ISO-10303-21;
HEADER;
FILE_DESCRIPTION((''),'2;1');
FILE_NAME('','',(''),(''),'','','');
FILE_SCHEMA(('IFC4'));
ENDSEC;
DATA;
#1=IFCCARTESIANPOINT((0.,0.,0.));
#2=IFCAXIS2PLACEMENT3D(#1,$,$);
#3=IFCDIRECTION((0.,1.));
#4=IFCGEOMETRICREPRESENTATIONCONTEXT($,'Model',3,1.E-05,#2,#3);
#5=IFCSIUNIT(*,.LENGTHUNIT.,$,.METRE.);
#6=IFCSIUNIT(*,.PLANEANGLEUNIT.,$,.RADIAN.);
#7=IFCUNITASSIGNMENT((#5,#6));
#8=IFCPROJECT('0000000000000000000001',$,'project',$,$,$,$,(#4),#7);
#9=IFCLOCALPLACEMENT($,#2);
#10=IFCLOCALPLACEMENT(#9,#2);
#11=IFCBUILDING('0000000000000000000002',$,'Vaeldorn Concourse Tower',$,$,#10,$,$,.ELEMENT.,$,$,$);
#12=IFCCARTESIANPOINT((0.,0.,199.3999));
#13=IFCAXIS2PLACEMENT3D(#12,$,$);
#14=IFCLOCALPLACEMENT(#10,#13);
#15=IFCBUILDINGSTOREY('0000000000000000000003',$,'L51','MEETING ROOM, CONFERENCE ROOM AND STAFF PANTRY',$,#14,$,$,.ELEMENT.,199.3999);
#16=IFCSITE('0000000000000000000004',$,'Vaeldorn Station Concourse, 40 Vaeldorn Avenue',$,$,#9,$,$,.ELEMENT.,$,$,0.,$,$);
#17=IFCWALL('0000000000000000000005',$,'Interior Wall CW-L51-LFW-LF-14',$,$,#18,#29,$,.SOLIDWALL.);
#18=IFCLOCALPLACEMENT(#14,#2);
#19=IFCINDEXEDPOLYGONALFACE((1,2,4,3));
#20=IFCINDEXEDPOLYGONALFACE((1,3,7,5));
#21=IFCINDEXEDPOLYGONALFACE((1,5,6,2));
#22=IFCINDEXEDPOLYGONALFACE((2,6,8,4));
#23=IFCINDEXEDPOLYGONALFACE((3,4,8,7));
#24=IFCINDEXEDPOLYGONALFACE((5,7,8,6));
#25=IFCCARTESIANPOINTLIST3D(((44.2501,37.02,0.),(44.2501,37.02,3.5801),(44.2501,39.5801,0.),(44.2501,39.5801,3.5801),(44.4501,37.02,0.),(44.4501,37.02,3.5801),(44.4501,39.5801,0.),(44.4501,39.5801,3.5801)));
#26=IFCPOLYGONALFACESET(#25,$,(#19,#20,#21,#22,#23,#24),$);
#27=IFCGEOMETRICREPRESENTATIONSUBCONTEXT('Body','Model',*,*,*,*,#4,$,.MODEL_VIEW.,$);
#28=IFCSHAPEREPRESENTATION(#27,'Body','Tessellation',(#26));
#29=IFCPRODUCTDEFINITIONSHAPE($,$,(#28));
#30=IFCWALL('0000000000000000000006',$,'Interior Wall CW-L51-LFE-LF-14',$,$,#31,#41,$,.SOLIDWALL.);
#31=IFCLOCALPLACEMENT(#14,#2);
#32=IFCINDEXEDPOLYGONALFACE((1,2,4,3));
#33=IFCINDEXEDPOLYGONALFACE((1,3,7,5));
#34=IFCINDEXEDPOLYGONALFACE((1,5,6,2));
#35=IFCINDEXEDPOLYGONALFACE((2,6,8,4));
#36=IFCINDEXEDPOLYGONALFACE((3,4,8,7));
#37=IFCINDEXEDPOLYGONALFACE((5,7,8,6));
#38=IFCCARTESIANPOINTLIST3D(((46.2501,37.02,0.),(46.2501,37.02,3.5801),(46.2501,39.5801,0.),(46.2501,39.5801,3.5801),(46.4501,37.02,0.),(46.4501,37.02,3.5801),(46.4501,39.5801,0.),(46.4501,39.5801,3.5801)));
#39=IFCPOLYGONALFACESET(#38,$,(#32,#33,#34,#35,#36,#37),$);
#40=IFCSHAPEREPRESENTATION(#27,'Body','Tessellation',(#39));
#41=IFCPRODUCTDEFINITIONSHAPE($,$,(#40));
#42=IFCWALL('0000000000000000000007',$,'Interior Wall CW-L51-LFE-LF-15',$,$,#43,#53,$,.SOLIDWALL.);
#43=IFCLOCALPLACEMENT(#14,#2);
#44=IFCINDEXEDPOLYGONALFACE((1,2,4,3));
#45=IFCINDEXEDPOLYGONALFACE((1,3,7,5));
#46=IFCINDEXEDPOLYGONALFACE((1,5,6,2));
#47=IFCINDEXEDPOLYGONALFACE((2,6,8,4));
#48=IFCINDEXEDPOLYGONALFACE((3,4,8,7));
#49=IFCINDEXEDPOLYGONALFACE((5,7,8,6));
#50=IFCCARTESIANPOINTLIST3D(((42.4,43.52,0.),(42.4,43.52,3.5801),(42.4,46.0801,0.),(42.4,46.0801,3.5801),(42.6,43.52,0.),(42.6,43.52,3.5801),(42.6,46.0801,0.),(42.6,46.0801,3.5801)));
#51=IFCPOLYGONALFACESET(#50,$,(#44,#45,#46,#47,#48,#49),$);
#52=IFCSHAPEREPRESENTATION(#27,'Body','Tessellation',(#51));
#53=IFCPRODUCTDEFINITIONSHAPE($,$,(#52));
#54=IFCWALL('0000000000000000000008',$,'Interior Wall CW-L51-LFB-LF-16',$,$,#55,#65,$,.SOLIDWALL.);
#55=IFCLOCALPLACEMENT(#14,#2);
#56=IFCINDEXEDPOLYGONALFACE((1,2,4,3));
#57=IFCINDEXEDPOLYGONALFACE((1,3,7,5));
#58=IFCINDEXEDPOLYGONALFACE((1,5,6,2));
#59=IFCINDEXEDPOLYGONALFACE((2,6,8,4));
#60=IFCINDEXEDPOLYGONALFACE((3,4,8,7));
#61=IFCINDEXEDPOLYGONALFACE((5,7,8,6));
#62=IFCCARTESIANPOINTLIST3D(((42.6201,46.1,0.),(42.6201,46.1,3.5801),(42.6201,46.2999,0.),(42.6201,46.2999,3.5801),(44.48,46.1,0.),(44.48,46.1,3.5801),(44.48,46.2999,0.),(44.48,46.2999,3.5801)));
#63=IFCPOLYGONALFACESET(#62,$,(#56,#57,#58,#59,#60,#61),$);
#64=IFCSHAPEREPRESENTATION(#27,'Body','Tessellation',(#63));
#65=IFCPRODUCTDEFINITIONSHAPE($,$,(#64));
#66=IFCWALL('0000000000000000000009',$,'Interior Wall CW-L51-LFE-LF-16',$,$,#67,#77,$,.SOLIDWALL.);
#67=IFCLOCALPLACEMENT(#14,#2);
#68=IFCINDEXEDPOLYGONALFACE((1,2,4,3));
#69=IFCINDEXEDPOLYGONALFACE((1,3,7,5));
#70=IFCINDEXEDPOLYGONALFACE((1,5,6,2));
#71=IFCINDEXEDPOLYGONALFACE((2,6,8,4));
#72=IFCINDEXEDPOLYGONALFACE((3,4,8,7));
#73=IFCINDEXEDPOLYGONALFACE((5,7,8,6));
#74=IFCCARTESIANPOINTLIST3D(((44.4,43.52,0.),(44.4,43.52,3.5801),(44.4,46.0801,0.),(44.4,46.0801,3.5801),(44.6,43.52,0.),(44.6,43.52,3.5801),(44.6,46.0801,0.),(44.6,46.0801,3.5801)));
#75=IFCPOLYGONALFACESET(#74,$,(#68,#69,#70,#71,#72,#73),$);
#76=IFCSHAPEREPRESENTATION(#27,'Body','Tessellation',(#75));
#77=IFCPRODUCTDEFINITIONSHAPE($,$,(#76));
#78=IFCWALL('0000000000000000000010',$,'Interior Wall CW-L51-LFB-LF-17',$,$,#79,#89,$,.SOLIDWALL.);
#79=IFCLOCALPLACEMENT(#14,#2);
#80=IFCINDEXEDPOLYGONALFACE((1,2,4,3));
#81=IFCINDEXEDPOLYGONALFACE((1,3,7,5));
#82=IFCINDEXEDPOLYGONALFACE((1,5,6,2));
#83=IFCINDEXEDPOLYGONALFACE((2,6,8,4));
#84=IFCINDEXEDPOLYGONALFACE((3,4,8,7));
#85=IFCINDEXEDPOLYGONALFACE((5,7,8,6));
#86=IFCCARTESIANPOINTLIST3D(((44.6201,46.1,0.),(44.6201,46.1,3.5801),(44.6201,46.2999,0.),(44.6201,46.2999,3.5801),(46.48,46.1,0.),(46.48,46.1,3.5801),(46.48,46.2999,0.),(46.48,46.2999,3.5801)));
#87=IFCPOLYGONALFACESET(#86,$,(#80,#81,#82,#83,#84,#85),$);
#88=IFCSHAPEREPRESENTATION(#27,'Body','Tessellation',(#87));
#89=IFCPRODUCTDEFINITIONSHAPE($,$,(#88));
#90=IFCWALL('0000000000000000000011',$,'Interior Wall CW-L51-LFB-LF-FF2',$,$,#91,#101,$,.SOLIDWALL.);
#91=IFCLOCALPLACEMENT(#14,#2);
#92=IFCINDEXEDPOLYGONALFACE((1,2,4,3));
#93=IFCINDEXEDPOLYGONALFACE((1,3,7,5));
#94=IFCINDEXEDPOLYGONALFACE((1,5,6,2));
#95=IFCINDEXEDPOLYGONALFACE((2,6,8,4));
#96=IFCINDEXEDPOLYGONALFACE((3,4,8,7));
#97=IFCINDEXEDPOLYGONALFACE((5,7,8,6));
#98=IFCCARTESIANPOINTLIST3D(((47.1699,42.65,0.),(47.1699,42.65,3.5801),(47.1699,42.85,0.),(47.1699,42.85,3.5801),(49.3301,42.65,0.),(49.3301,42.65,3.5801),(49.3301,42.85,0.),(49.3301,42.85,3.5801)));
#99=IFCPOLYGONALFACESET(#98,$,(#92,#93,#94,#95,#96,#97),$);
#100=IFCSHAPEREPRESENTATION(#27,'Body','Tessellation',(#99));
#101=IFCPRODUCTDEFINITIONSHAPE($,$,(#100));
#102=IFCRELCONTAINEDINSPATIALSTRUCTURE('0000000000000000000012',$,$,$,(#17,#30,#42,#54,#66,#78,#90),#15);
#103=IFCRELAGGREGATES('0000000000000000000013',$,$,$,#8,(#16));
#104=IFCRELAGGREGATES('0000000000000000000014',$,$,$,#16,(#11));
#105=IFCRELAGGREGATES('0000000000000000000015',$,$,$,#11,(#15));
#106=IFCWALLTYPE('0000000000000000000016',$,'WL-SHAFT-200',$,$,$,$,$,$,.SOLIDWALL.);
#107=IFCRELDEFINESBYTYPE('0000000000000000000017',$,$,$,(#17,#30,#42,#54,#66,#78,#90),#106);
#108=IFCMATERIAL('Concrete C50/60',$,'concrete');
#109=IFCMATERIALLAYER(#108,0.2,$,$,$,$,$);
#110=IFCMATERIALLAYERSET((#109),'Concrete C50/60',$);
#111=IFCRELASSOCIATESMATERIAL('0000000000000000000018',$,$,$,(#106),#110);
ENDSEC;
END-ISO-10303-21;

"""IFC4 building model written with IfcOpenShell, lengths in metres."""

from ifc_helpers import new_model, si_unit, direction, frame, frame_2d, origin, place, context, subcontext, project, spatial, rectangle, extrude, material, layer, layer_set, type_object, element, save


model = new_model("IFC4")

# Units and contexts
model_context = context("Model", 3, precision=1e-05, world=origin(), true_north=direction((0.0, 1.0)))
body_context = subcontext(model_context, "Body", "Model", "MODEL_VIEW")
ifc_project = project(units=[si_unit("LENGTHUNIT", "METRE"), si_unit("PLANEANGLEUNIT", "RADIAN")], contexts=[model_context])

# Site, building, storey
site_placement = place(None, origin())
site = spatial("IfcSite", under=ifc_project, at=site_placement, Name="Vaeldorn Station Concourse, 40 Vaeldorn Avenue", CompositionType="ELEMENT", RefElevation=0.0)
building_placement = place(site_placement, origin())
building = spatial("IfcBuilding", under=site, at=building_placement, Name="Vaeldorn Concourse Tower", CompositionType="ELEMENT")
storey_placement = place(building_placement, frame((0.0, 0.0, 199.3999)))
storey = spatial("IfcBuildingStorey", under=building, at=storey_placement, Name="L51", Description="MEETING ROOM, CONFERENCE ROOM AND STAFF PANTRY", CompositionType="ELEMENT", Elevation=199.3999)

# Shared definitions
ifc_material_1 = material(Name="Concrete C50/60", Category="concrete")

# Shared definitions
ifc_layer_1 = layer(ifc_material_1, 0.2)
ifc_layer_set_1 = layer_set([ifc_layer_1], Name="Concrete C50/60")
wall_type_1 = type_object("IfcWallType", Name="WL-SHAFT-200", PredefinedType="SOLIDWALL", material=ifc_layer_set_1)

# Walls
for number, where, z_axis, x_axis, name in (
    (1, (44.3501, 37.02, 0.0), (0.0, 0.0, 1.0), (0.0, 1.0, 0.0), "Interior Wall CW-L51-LFW-LF-14"),
    (2, (46.3501, 37.02, 0.0), (0.0, 0.0, 1.0), (0.0, 1.0, 0.0), "Interior Wall CW-L51-LFE-LF-14"),
    (3, (42.5, 43.52, 0.0), (0.0, 0.0, 1.0), (0.0, 1.0, 0.0), "Interior Wall CW-L51-LFE-LF-15"),
):
    element("IfcWall", number, at=place(storey_placement, frame(where, z_axis=z_axis, x_axis=x_axis)), inside=storey, type_object=wall_type_1, Name=name, PredefinedType="SOLIDWALL", context=body_context, shape_type="SweptSolid", body=[
        extrude(rectangle(XDim=2.5601, YDim=0.2, at=frame_2d((1.28, 0.0))), origin(), (0.0, 0.0, 1.0), 3.5801),
    ])

# Walls
wall_1_placement = place(storey_placement, frame((42.6201, 46.2, 0.0), z_axis=(0.0, 0.0, 1.0), x_axis=(1.0, 0.0, 0.0)))
element("IfcWall", 4, at=wall_1_placement, inside=storey, type_object=wall_type_1, Name="Interior Wall CW-L51-LFB-LF-16", PredefinedType="SOLIDWALL", context=body_context, shape_type="SweptSolid", body=[
    extrude(rectangle(XDim=1.8599, YDim=0.2, at=frame_2d((0.9299, 0.0))), origin(), (0.0, 0.0, 1.0), 3.5801),
])
wall_2_placement = place(storey_placement, frame((44.5, 43.52, 0.0), z_axis=(0.0, 0.0, 1.0), x_axis=(0.0, 1.0, 0.0)))
element("IfcWall", 5, at=wall_2_placement, inside=storey, type_object=wall_type_1, Name="Interior Wall CW-L51-LFE-LF-16", PredefinedType="SOLIDWALL", context=body_context, shape_type="SweptSolid", body=[
    extrude(rectangle(XDim=2.5601, YDim=0.2, at=frame_2d((1.28, 0.0))), origin(), (0.0, 0.0, 1.0), 3.5801),
])

# Wall
wall_3_placement = place(storey_placement, frame((44.6201, 46.2, 0.0), z_axis=(0.0, 0.0, 1.0), x_axis=(1.0, 0.0, 0.0)))
element("IfcWall", 6, at=wall_3_placement, inside=storey, type_object=wall_type_1, Name="Interior Wall CW-L51-LFB-LF-17", PredefinedType="SOLIDWALL", context=body_context, shape_type="SweptSolid", body=[
    extrude(rectangle(XDim=1.8599, YDim=0.2, at=frame_2d((0.9299, 0.0))), origin(), (0.0, 0.0, 1.0), 3.5801),
])

# Wall
wall_4_placement = place(storey_placement, frame((47.1699, 42.75, 0.0), z_axis=(0.0, 0.0, 1.0), x_axis=(1.0, 0.0, 0.0)))
element("IfcWall", 7, at=wall_4_placement, inside=storey, type_object=wall_type_1, Name="Interior Wall CW-L51-LFB-LF-FF2", PredefinedType="SOLIDWALL", context=body_context, shape_type="SweptSolid", body=[
    extrude(rectangle(XDim=2.1602, YDim=0.2, at=frame_2d((1.0801, 0.0))), origin(), (0.0, 0.0, 1.0), 3.5801),
])

save(model, "model.ifc")
